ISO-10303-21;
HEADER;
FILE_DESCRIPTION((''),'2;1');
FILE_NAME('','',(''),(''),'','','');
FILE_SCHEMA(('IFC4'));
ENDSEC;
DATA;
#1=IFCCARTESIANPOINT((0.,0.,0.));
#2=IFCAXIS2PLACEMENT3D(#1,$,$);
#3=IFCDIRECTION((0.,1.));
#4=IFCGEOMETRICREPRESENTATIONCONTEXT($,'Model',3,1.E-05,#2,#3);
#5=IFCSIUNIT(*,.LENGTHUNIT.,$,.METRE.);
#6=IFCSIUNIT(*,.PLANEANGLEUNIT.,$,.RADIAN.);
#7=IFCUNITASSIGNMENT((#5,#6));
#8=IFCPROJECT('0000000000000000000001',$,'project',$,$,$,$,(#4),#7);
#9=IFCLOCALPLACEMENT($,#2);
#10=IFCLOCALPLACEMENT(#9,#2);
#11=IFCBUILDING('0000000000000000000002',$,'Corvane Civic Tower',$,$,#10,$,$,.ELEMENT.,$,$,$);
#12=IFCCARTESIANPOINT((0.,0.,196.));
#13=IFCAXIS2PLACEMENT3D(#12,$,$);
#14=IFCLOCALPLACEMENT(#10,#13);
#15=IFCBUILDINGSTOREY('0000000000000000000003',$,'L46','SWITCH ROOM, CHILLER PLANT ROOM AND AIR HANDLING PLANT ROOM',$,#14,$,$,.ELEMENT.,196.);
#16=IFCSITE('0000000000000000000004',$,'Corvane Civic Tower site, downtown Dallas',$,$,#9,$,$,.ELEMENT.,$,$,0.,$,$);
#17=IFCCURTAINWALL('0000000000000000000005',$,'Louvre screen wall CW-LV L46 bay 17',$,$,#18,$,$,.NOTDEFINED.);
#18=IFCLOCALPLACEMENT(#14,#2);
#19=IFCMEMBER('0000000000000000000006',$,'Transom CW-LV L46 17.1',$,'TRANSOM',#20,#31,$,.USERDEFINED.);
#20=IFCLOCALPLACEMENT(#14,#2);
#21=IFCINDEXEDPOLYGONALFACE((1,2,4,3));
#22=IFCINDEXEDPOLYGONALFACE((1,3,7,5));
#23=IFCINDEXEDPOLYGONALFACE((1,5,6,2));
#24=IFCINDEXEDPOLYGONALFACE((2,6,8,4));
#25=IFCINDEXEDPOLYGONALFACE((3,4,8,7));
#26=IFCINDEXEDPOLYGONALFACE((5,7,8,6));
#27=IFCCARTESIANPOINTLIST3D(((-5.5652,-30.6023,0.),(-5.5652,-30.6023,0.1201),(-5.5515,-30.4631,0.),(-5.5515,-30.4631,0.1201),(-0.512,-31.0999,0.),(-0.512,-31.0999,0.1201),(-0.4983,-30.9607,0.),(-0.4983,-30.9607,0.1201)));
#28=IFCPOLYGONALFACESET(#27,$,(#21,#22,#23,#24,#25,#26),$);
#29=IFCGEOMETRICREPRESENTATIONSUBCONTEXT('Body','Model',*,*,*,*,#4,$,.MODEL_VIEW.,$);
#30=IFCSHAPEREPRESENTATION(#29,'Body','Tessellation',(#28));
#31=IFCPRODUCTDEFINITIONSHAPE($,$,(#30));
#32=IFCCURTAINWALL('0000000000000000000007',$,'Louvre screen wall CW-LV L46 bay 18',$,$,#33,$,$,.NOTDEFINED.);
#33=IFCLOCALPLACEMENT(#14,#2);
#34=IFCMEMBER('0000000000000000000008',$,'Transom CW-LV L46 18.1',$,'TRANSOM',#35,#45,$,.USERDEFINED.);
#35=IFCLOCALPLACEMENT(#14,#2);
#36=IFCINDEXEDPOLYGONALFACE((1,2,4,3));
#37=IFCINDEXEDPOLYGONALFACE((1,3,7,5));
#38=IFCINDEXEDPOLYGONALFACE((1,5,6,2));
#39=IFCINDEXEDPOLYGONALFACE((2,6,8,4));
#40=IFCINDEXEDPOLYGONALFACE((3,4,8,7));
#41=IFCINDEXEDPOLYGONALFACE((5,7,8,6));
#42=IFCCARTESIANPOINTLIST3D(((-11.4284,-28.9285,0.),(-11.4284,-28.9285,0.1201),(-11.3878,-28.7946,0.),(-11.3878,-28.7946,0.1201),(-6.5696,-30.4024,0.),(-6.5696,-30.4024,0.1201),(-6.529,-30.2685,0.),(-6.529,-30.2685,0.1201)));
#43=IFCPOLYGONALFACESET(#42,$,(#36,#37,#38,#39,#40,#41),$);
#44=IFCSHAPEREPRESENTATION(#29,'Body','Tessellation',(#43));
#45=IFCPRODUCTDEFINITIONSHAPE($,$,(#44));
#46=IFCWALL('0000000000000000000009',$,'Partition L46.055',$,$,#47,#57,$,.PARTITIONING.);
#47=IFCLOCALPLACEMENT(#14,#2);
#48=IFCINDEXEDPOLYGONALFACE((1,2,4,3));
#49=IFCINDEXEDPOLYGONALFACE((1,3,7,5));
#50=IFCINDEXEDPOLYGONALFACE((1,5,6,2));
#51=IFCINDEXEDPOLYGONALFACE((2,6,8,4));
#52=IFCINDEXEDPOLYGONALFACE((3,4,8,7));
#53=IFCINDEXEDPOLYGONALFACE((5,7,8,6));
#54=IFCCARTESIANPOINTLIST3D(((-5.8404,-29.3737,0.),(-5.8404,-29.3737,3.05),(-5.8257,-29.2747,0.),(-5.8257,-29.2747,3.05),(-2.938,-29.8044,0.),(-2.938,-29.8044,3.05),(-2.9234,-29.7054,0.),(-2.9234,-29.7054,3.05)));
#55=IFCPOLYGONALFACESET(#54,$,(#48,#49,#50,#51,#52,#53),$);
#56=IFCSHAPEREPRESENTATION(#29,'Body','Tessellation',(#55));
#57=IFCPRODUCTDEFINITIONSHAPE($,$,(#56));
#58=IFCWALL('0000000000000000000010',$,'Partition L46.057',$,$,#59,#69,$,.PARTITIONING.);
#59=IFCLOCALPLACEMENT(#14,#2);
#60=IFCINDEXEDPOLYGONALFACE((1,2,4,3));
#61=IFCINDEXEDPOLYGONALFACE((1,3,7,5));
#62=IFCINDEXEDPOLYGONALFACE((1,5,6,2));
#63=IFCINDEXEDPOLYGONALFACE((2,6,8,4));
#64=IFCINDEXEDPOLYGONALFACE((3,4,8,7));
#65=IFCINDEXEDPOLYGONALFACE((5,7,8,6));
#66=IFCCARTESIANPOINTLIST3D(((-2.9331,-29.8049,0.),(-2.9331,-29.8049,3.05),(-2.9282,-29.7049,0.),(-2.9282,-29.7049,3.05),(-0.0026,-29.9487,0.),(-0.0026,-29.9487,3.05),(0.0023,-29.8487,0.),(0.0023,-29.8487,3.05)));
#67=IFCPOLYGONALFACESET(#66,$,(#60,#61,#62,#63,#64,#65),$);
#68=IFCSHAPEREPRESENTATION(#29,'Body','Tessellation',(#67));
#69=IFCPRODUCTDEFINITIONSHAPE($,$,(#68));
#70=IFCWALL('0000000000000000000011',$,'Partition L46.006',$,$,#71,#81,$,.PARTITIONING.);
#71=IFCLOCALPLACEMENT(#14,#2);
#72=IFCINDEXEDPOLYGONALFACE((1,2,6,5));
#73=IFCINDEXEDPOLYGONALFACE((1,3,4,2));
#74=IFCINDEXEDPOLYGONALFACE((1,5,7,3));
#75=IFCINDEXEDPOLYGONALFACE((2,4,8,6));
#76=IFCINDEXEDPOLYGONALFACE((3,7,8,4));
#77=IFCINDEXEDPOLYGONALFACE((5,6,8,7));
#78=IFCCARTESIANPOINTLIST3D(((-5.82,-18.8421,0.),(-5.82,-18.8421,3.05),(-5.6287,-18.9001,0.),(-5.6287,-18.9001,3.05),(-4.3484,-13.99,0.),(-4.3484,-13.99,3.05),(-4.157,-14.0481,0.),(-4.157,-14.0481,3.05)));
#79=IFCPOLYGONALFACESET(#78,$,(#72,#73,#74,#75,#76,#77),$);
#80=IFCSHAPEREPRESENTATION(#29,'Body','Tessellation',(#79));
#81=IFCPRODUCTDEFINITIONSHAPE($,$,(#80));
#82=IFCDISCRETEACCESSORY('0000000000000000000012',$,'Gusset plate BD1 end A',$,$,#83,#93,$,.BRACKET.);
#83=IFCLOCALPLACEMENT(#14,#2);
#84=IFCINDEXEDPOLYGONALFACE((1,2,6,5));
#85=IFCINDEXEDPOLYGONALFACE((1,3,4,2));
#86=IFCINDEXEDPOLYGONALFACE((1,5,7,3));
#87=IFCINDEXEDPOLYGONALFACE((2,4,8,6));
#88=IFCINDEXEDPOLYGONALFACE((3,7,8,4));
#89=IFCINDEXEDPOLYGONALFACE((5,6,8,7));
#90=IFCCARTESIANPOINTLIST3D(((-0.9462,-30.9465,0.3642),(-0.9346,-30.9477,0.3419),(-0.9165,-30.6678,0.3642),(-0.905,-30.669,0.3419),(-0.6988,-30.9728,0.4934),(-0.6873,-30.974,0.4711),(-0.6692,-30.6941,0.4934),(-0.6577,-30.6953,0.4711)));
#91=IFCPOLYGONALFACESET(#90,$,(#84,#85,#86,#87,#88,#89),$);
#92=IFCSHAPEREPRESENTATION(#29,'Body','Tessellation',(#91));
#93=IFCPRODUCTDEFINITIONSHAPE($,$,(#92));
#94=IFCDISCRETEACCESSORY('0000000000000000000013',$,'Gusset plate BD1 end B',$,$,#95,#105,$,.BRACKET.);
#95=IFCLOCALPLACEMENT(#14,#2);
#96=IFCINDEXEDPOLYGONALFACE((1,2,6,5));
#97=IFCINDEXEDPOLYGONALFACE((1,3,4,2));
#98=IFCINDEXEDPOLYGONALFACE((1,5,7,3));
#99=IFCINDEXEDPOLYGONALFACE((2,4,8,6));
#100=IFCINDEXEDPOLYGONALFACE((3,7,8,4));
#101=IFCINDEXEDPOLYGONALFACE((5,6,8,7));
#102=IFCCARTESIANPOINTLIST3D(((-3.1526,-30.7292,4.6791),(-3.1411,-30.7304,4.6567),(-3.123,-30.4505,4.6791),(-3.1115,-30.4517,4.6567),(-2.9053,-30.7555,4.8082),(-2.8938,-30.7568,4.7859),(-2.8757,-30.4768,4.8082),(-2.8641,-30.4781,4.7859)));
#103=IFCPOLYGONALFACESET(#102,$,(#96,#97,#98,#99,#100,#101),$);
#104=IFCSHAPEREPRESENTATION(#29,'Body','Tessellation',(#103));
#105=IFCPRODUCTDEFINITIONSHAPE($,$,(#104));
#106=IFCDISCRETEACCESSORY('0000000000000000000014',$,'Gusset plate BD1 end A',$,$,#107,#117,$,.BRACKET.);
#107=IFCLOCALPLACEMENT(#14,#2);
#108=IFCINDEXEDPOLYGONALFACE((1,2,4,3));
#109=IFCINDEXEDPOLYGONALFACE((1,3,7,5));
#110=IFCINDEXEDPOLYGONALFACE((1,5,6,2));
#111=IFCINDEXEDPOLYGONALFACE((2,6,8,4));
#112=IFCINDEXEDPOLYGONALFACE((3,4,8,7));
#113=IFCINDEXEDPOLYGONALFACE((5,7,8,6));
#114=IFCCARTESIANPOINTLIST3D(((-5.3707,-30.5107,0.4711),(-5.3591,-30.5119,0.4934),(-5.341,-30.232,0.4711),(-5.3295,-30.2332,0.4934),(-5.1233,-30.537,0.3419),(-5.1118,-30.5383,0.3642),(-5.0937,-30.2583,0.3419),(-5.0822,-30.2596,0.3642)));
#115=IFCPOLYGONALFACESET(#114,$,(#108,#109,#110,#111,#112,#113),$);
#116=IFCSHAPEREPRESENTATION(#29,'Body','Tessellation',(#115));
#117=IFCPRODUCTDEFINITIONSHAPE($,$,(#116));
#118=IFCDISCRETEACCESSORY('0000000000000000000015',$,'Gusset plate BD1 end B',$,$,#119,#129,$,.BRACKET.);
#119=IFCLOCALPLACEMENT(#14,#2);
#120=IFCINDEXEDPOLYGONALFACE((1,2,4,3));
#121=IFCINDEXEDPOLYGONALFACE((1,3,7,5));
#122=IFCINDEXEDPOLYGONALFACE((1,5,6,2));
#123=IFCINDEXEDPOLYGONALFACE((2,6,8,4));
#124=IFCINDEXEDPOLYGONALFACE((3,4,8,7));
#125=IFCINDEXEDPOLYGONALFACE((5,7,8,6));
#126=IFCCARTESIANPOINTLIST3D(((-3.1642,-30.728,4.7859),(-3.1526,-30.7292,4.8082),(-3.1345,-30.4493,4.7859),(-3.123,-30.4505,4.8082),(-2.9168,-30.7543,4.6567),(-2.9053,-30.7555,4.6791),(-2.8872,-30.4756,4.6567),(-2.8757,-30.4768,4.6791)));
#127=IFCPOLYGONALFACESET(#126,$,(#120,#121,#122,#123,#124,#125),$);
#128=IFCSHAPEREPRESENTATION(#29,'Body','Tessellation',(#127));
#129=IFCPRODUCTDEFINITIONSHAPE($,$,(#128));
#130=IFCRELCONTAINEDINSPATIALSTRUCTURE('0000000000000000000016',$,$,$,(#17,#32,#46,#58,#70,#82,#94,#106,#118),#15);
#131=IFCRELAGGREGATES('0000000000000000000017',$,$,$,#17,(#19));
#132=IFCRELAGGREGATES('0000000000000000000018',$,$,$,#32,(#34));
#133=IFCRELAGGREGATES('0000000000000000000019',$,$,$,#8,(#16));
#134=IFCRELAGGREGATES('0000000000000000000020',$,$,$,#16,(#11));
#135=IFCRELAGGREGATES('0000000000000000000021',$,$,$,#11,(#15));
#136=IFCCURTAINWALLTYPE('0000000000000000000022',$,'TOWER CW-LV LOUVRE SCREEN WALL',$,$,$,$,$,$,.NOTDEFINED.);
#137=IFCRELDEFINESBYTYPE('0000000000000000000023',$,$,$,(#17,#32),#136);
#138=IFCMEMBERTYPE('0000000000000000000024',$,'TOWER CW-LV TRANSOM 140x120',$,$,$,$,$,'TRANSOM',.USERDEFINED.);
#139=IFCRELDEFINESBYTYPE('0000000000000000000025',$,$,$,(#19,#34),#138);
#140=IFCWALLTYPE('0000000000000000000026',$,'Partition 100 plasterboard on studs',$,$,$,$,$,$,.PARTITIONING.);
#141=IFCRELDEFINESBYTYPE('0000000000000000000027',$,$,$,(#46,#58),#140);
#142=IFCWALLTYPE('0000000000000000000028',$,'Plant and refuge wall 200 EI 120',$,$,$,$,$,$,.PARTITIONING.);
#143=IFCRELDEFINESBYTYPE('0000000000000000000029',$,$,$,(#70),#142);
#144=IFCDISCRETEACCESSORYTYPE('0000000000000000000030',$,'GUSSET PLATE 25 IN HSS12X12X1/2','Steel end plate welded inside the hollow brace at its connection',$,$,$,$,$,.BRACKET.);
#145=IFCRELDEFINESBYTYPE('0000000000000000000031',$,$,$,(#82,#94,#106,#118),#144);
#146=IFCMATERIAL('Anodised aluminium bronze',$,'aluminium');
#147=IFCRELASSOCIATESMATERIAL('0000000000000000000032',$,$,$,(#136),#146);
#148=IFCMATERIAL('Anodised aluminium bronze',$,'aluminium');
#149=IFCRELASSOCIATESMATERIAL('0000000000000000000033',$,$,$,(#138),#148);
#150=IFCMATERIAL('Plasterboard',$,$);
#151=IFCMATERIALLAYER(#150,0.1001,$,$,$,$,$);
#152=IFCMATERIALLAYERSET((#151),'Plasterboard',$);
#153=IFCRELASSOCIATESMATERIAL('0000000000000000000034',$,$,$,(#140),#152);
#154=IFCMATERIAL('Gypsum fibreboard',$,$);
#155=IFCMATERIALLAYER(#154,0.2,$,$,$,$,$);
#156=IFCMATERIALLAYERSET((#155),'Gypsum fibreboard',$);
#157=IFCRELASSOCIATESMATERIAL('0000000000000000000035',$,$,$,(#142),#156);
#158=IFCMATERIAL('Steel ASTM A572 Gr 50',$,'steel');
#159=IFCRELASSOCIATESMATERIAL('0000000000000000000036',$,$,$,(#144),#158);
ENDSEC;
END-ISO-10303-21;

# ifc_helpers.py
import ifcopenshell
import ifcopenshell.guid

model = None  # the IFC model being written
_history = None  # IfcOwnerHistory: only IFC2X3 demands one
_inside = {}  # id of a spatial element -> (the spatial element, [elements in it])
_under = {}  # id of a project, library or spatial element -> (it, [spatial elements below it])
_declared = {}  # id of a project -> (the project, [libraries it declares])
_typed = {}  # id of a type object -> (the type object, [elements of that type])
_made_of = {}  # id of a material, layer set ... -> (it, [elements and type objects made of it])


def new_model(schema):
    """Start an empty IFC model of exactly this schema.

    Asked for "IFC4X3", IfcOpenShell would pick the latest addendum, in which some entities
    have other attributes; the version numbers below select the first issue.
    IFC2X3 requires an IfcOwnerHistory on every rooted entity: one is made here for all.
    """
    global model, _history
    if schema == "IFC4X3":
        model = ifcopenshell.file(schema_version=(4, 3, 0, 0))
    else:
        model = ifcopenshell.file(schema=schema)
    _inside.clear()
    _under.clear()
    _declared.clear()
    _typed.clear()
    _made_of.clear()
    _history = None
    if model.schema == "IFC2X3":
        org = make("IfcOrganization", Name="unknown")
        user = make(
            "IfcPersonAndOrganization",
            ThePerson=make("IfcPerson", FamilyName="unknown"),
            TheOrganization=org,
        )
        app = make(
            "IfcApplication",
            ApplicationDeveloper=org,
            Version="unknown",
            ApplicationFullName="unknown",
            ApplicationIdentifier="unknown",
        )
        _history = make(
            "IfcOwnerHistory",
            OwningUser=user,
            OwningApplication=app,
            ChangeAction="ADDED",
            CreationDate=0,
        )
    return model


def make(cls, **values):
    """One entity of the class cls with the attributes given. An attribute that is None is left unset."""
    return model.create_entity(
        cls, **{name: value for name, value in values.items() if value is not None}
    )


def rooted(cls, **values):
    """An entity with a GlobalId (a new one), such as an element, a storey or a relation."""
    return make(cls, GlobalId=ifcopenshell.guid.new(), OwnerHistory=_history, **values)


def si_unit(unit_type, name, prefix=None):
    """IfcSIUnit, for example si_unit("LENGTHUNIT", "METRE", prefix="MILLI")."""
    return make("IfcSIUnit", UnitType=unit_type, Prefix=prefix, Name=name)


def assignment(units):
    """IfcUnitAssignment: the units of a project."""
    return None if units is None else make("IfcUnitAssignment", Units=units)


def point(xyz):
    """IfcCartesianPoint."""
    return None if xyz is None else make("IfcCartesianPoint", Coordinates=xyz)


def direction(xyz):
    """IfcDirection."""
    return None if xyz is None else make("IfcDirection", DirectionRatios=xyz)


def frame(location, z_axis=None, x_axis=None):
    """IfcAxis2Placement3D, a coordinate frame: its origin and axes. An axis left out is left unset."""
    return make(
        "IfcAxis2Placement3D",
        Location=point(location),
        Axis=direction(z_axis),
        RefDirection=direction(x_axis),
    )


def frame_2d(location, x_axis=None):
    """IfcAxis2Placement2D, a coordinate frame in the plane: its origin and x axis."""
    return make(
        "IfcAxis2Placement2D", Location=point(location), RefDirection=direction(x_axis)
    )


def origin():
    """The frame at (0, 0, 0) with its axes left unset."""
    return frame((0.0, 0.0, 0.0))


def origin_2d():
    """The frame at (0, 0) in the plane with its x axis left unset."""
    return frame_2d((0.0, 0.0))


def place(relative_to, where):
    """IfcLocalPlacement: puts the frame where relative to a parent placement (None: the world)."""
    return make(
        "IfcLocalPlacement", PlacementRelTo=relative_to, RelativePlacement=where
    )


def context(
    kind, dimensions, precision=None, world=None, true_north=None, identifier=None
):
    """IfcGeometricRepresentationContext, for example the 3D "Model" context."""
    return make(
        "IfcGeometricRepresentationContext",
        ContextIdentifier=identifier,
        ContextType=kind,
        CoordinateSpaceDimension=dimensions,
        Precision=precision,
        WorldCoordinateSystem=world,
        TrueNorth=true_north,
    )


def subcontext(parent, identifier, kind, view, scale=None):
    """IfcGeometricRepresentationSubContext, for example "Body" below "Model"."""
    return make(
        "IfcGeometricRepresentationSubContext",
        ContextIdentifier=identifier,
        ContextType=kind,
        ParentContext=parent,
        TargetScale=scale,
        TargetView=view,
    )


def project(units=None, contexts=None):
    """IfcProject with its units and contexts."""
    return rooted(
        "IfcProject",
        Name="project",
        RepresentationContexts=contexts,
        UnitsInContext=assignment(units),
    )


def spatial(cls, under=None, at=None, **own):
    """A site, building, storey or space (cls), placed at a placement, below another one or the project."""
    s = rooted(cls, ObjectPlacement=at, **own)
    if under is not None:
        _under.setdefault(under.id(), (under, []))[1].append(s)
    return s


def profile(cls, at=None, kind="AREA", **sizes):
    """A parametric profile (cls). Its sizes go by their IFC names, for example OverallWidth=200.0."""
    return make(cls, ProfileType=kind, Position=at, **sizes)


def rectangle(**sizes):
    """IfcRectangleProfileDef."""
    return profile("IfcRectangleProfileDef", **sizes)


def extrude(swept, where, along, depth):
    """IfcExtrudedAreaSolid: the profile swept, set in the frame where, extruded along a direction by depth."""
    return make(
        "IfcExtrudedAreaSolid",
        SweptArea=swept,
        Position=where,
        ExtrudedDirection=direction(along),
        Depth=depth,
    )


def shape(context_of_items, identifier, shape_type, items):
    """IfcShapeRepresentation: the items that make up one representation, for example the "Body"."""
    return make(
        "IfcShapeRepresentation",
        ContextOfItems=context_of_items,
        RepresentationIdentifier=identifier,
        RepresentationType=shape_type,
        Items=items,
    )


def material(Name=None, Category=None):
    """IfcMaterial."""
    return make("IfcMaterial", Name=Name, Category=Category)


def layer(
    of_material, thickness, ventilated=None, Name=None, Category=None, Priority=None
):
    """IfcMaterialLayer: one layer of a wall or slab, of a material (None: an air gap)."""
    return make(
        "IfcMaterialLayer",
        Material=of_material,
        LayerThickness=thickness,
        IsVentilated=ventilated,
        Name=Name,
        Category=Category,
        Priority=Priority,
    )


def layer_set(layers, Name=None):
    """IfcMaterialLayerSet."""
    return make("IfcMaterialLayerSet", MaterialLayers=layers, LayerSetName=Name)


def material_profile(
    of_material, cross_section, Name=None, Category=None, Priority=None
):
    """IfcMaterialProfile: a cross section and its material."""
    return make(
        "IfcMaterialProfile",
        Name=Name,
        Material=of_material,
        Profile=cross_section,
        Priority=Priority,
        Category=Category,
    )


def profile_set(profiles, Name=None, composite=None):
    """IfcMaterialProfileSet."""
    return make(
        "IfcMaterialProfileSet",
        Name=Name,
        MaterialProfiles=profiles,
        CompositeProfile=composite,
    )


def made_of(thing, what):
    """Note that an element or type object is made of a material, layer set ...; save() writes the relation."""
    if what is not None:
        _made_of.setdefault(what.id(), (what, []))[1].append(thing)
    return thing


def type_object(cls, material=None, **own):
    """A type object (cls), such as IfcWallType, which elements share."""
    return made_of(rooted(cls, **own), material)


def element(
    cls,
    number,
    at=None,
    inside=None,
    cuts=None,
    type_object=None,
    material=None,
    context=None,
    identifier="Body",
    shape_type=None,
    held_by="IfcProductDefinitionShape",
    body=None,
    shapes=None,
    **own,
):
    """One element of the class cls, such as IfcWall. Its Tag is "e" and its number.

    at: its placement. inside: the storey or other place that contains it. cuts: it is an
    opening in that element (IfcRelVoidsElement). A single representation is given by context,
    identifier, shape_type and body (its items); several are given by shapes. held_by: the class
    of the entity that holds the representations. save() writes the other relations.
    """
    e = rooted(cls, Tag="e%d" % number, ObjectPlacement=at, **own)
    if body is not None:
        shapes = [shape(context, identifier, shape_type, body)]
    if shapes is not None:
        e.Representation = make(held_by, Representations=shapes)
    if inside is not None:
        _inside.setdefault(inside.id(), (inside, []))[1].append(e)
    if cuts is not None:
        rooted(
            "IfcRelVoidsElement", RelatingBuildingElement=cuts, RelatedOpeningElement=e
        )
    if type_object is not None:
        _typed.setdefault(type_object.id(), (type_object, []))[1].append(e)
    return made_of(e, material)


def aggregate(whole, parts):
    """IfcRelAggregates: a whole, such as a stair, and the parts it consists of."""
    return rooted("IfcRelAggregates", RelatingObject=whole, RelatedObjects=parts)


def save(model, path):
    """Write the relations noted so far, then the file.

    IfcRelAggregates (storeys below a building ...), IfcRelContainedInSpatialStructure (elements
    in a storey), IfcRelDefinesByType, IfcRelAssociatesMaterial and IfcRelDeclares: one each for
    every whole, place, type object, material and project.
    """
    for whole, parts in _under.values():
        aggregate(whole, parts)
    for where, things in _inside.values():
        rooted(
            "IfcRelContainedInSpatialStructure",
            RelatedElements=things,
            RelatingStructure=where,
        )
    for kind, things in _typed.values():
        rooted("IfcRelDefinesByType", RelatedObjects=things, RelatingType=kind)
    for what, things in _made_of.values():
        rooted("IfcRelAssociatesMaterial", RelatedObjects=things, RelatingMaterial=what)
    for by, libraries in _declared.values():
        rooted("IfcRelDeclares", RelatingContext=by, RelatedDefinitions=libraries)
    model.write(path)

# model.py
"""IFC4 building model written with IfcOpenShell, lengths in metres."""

from ifc_helpers import new_model, si_unit, direction, frame, frame_2d, origin, origin_2d, place, context, subcontext, project, spatial, rectangle, extrude, material, layer, layer_set, material_profile, profile_set, type_object, element, aggregate, save


model = new_model("IFC4")

# Units and contexts
model_context = context("Model", 3, precision=1e-05, world=origin(), true_north=direction((0.0, 1.0)))
body_context = subcontext(model_context, "Body", "Model", "MODEL_VIEW")
ifc_project = project(units=[si_unit("LENGTHUNIT", "METRE"), si_unit("PLANEANGLEUNIT", "RADIAN")], contexts=[model_context])

# Site, building, storey
site_placement = place(None, origin())
site = spatial("IfcSite", under=ifc_project, at=site_placement, Name="Corvane Civic Tower site, downtown Dallas", CompositionType="ELEMENT", RefElevation=0.0)
building_placement = place(site_placement, origin())
building = spatial("IfcBuilding", under=site, at=building_placement, Name="Corvane Civic Tower", CompositionType="ELEMENT")
storey_placement = place(building_placement, frame((0.0, 0.0, 196.0)))
storey = spatial("IfcBuildingStorey", under=building, at=storey_placement, Name="L46", Description="SWITCH ROOM, CHILLER PLANT ROOM AND AIR HANDLING PLANT ROOM", CompositionType="ELEMENT", Elevation=196.0)

# Curtain walls, members
ifc_material_1 = material(Name="Anodised aluminium bronze", Category="aluminium")
curtain_wall_type = type_object("IfcCurtainWallType", Name="TOWER CW-LV LOUVRE SCREEN WALL", PredefinedType="NOTDEFINED", material=ifc_material_1)
curtain_wall_1_placement = place(storey_placement, origin())
curtain_wall_1 = element("IfcCurtainWall", 1, at=curtain_wall_1_placement, inside=storey, type_object=curtain_wall_type, Name="Louvre screen wall CW-LV L46 bay 17", PredefinedType="NOTDEFINED")
ifc_material_2 = material(Name="Anodised aluminium bronze", Category="aluminium")
ifc_material_profile_1 = material_profile(ifc_material_2, rectangle(XDim=0.1399, YDim=0.1201, at=origin_2d()), Name="TOWER CW-LV TRANSOM 140x120")
ifc_profile_set_1 = profile_set([ifc_material_profile_1], Name="Anodised aluminium bronze")
member_type_1 = type_object("IfcMemberType", Name="TOWER CW-LV TRANSOM 140x120", ElementType="TRANSOM", PredefinedType="USERDEFINED", material=ifc_profile_set_1)
member_1_placement = place(storey_placement, frame((-0.5051, -31.0303, 0.0601), z_axis=(-0.995187, 0.09799, 0.0), x_axis=(-0.09799, -0.995187, 0.0)))
member_1 = element("IfcMember", 2, at=member_1_placement, type_object=member_type_1, Name="Transom CW-LV L46 17.1", ObjectType="TRANSOM", PredefinedType="USERDEFINED", context=body_context, shape_type="SweptSolid", body=[
    extrude(rectangle(XDim=0.1399, YDim=0.1201, at=origin_2d()), origin(), (0.0, 0.0, 1.0), 5.0776),
])
curtain_wall_2_placement = place(storey_placement, origin())
curtain_wall_2 = element("IfcCurtainWall", 3, at=curtain_wall_2_placement, inside=storey, type_object=curtain_wall_type, Name="Louvre screen wall CW-LV L46 bay 18", PredefinedType="NOTDEFINED")
member_2_placement = place(storey_placement, frame((-6.5493, -30.3354, 0.0601), z_axis=(-0.956939, 0.290289, 0.0), x_axis=(-0.290289, -0.956939, 0.0)))
member_2 = element("IfcMember", 4, at=member_2_placement, type_object=member_type_1, Name="Transom CW-LV L46 18.1", ObjectType="TRANSOM", PredefinedType="USERDEFINED", context=body_context, shape_type="SweptSolid", body=[
    extrude(rectangle(XDim=0.1399, YDim=0.1201, at=origin_2d()), origin(), (0.0, 0.0, 1.0), 5.0774),
])

# Walls
ifc_material_3 = material(Name="Plasterboard")
ifc_layer_1 = layer(ifc_material_3, 0.1001)
ifc_layer_set_1 = layer_set([ifc_layer_1], Name="Plasterboard")
wall_type_1 = type_object("IfcWallType", Name="Partition 100 plasterboard on studs", PredefinedType="PARTITIONING", material=ifc_layer_set_1)
for number, where, z_axis, x_axis, name in (
    (5, (-5.833, -29.3242, 0.0), (0.0, 0.0, 1.0), (0.989169, -0.146778, 0.0), "Partition L46.055"),
    (6, (-2.9307, -29.7549, 0.0), (0.0, 0.0, 1.0), (0.998798, -0.049008, 0.0), "Partition L46.057"),
):
    element("IfcWall", number, at=place(storey_placement, frame(where, z_axis=z_axis, x_axis=x_axis)), inside=storey, type_object=wall_type_1, Name=name, PredefinedType="PARTITIONING", context=body_context, shape_type="SweptSolid", body=[
        extrude(rectangle(XDim=2.9341, YDim=0.1001, at=frame_2d((1.467, 0.0))), origin(), (0.0, 0.0, 1.0), 3.05),
    ])
ifc_material_4 = material(Name="Gypsum fibreboard")
ifc_layer_2 = layer(ifc_material_4, 0.2)
ifc_layer_set_2 = layer_set([ifc_layer_2], Name="Gypsum fibreboard")
wall_type_2 = type_object("IfcWallType", Name="Plant and refuge wall 200 EI 120", PredefinedType="PARTITIONING", material=ifc_layer_set_2)
wall_placement = place(storey_placement, frame((-5.7244, -18.8711, 0.0), z_axis=(0.0, 0.0, 1.0), x_axis=(0.290253, 0.95695, 0.0)))
element("IfcWall", 7, at=wall_placement, inside=storey, type_object=wall_type_2, Name="Partition L46.006", PredefinedType="PARTITIONING", context=body_context, shape_type="SweptSolid", body=[
    extrude(rectangle(XDim=5.0703, YDim=0.2, at=frame_2d((2.5352, 0.0))), origin(), (0.0, 0.0, 1.0), 3.05),
])

aggregate(curtain_wall_1, [member_1])
aggregate(curtain_wall_2, [member_2])

# Discrete accessories
ifc_material_5 = material(Name="Steel ASTM A572 Gr 50", Category="steel")
ifc_material_profile_2 = material_profile(ifc_material_5, rectangle(XDim=0.2803, YDim=0.2803, at=origin_2d()), Name="GUSSET PLATE 25 IN HSS12X12X1/2")
ifc_profile_set_2 = profile_set([ifc_material_profile_2], Name="Steel ASTM A572 Gr 50")
discrete_accessory_type = type_object("IfcDiscreteAccessoryType", Name="GUSSET PLATE 25 IN HSS12X12X1/2", Description="Steel end plate welded inside the hollow brace at its connection", PredefinedType="BRACKET", material=ifc_profile_set_2)
for number, where, z_axis, x_axis, name in (
    (8, (-0.7961, -30.8215, 0.4065), (-0.458346, 0.04876, 0.887435), (-0.105786, -0.994389, 0.0), "Gusset plate BD1 end A"),
    (9, (-3.0142, -30.603, 4.7437), (0.458346, -0.04876, -0.887435), (0.105786, 0.994389, 0.0), "Gusset plate BD1 end B"),
    (10, (-5.2322, -30.3845, 0.4065), (0.458346, -0.04876, 0.887435), (0.105786, 0.994389, 0.0), "Gusset plate BD1 end A"),
    (11, (-3.0142, -30.603, 4.7437), (-0.458346, 0.04876, -0.887435), (-0.105786, -0.994389, 0.0), "Gusset plate BD1 end B"),
):
    element("IfcDiscreteAccessory", number, at=place(storey_placement, frame(where, z_axis=z_axis, x_axis=x_axis)), inside=storey, type_object=discrete_accessory_type, Name=name, PredefinedType="BRACKET", context=body_context, shape_type="SweptSolid", body=[
        extrude(rectangle(XDim=0.2803, YDim=0.2803, at=origin_2d()), origin(), (0.0, 0.0, 1.0), 0.0251),
    ])

save(model, "model.ifc")
